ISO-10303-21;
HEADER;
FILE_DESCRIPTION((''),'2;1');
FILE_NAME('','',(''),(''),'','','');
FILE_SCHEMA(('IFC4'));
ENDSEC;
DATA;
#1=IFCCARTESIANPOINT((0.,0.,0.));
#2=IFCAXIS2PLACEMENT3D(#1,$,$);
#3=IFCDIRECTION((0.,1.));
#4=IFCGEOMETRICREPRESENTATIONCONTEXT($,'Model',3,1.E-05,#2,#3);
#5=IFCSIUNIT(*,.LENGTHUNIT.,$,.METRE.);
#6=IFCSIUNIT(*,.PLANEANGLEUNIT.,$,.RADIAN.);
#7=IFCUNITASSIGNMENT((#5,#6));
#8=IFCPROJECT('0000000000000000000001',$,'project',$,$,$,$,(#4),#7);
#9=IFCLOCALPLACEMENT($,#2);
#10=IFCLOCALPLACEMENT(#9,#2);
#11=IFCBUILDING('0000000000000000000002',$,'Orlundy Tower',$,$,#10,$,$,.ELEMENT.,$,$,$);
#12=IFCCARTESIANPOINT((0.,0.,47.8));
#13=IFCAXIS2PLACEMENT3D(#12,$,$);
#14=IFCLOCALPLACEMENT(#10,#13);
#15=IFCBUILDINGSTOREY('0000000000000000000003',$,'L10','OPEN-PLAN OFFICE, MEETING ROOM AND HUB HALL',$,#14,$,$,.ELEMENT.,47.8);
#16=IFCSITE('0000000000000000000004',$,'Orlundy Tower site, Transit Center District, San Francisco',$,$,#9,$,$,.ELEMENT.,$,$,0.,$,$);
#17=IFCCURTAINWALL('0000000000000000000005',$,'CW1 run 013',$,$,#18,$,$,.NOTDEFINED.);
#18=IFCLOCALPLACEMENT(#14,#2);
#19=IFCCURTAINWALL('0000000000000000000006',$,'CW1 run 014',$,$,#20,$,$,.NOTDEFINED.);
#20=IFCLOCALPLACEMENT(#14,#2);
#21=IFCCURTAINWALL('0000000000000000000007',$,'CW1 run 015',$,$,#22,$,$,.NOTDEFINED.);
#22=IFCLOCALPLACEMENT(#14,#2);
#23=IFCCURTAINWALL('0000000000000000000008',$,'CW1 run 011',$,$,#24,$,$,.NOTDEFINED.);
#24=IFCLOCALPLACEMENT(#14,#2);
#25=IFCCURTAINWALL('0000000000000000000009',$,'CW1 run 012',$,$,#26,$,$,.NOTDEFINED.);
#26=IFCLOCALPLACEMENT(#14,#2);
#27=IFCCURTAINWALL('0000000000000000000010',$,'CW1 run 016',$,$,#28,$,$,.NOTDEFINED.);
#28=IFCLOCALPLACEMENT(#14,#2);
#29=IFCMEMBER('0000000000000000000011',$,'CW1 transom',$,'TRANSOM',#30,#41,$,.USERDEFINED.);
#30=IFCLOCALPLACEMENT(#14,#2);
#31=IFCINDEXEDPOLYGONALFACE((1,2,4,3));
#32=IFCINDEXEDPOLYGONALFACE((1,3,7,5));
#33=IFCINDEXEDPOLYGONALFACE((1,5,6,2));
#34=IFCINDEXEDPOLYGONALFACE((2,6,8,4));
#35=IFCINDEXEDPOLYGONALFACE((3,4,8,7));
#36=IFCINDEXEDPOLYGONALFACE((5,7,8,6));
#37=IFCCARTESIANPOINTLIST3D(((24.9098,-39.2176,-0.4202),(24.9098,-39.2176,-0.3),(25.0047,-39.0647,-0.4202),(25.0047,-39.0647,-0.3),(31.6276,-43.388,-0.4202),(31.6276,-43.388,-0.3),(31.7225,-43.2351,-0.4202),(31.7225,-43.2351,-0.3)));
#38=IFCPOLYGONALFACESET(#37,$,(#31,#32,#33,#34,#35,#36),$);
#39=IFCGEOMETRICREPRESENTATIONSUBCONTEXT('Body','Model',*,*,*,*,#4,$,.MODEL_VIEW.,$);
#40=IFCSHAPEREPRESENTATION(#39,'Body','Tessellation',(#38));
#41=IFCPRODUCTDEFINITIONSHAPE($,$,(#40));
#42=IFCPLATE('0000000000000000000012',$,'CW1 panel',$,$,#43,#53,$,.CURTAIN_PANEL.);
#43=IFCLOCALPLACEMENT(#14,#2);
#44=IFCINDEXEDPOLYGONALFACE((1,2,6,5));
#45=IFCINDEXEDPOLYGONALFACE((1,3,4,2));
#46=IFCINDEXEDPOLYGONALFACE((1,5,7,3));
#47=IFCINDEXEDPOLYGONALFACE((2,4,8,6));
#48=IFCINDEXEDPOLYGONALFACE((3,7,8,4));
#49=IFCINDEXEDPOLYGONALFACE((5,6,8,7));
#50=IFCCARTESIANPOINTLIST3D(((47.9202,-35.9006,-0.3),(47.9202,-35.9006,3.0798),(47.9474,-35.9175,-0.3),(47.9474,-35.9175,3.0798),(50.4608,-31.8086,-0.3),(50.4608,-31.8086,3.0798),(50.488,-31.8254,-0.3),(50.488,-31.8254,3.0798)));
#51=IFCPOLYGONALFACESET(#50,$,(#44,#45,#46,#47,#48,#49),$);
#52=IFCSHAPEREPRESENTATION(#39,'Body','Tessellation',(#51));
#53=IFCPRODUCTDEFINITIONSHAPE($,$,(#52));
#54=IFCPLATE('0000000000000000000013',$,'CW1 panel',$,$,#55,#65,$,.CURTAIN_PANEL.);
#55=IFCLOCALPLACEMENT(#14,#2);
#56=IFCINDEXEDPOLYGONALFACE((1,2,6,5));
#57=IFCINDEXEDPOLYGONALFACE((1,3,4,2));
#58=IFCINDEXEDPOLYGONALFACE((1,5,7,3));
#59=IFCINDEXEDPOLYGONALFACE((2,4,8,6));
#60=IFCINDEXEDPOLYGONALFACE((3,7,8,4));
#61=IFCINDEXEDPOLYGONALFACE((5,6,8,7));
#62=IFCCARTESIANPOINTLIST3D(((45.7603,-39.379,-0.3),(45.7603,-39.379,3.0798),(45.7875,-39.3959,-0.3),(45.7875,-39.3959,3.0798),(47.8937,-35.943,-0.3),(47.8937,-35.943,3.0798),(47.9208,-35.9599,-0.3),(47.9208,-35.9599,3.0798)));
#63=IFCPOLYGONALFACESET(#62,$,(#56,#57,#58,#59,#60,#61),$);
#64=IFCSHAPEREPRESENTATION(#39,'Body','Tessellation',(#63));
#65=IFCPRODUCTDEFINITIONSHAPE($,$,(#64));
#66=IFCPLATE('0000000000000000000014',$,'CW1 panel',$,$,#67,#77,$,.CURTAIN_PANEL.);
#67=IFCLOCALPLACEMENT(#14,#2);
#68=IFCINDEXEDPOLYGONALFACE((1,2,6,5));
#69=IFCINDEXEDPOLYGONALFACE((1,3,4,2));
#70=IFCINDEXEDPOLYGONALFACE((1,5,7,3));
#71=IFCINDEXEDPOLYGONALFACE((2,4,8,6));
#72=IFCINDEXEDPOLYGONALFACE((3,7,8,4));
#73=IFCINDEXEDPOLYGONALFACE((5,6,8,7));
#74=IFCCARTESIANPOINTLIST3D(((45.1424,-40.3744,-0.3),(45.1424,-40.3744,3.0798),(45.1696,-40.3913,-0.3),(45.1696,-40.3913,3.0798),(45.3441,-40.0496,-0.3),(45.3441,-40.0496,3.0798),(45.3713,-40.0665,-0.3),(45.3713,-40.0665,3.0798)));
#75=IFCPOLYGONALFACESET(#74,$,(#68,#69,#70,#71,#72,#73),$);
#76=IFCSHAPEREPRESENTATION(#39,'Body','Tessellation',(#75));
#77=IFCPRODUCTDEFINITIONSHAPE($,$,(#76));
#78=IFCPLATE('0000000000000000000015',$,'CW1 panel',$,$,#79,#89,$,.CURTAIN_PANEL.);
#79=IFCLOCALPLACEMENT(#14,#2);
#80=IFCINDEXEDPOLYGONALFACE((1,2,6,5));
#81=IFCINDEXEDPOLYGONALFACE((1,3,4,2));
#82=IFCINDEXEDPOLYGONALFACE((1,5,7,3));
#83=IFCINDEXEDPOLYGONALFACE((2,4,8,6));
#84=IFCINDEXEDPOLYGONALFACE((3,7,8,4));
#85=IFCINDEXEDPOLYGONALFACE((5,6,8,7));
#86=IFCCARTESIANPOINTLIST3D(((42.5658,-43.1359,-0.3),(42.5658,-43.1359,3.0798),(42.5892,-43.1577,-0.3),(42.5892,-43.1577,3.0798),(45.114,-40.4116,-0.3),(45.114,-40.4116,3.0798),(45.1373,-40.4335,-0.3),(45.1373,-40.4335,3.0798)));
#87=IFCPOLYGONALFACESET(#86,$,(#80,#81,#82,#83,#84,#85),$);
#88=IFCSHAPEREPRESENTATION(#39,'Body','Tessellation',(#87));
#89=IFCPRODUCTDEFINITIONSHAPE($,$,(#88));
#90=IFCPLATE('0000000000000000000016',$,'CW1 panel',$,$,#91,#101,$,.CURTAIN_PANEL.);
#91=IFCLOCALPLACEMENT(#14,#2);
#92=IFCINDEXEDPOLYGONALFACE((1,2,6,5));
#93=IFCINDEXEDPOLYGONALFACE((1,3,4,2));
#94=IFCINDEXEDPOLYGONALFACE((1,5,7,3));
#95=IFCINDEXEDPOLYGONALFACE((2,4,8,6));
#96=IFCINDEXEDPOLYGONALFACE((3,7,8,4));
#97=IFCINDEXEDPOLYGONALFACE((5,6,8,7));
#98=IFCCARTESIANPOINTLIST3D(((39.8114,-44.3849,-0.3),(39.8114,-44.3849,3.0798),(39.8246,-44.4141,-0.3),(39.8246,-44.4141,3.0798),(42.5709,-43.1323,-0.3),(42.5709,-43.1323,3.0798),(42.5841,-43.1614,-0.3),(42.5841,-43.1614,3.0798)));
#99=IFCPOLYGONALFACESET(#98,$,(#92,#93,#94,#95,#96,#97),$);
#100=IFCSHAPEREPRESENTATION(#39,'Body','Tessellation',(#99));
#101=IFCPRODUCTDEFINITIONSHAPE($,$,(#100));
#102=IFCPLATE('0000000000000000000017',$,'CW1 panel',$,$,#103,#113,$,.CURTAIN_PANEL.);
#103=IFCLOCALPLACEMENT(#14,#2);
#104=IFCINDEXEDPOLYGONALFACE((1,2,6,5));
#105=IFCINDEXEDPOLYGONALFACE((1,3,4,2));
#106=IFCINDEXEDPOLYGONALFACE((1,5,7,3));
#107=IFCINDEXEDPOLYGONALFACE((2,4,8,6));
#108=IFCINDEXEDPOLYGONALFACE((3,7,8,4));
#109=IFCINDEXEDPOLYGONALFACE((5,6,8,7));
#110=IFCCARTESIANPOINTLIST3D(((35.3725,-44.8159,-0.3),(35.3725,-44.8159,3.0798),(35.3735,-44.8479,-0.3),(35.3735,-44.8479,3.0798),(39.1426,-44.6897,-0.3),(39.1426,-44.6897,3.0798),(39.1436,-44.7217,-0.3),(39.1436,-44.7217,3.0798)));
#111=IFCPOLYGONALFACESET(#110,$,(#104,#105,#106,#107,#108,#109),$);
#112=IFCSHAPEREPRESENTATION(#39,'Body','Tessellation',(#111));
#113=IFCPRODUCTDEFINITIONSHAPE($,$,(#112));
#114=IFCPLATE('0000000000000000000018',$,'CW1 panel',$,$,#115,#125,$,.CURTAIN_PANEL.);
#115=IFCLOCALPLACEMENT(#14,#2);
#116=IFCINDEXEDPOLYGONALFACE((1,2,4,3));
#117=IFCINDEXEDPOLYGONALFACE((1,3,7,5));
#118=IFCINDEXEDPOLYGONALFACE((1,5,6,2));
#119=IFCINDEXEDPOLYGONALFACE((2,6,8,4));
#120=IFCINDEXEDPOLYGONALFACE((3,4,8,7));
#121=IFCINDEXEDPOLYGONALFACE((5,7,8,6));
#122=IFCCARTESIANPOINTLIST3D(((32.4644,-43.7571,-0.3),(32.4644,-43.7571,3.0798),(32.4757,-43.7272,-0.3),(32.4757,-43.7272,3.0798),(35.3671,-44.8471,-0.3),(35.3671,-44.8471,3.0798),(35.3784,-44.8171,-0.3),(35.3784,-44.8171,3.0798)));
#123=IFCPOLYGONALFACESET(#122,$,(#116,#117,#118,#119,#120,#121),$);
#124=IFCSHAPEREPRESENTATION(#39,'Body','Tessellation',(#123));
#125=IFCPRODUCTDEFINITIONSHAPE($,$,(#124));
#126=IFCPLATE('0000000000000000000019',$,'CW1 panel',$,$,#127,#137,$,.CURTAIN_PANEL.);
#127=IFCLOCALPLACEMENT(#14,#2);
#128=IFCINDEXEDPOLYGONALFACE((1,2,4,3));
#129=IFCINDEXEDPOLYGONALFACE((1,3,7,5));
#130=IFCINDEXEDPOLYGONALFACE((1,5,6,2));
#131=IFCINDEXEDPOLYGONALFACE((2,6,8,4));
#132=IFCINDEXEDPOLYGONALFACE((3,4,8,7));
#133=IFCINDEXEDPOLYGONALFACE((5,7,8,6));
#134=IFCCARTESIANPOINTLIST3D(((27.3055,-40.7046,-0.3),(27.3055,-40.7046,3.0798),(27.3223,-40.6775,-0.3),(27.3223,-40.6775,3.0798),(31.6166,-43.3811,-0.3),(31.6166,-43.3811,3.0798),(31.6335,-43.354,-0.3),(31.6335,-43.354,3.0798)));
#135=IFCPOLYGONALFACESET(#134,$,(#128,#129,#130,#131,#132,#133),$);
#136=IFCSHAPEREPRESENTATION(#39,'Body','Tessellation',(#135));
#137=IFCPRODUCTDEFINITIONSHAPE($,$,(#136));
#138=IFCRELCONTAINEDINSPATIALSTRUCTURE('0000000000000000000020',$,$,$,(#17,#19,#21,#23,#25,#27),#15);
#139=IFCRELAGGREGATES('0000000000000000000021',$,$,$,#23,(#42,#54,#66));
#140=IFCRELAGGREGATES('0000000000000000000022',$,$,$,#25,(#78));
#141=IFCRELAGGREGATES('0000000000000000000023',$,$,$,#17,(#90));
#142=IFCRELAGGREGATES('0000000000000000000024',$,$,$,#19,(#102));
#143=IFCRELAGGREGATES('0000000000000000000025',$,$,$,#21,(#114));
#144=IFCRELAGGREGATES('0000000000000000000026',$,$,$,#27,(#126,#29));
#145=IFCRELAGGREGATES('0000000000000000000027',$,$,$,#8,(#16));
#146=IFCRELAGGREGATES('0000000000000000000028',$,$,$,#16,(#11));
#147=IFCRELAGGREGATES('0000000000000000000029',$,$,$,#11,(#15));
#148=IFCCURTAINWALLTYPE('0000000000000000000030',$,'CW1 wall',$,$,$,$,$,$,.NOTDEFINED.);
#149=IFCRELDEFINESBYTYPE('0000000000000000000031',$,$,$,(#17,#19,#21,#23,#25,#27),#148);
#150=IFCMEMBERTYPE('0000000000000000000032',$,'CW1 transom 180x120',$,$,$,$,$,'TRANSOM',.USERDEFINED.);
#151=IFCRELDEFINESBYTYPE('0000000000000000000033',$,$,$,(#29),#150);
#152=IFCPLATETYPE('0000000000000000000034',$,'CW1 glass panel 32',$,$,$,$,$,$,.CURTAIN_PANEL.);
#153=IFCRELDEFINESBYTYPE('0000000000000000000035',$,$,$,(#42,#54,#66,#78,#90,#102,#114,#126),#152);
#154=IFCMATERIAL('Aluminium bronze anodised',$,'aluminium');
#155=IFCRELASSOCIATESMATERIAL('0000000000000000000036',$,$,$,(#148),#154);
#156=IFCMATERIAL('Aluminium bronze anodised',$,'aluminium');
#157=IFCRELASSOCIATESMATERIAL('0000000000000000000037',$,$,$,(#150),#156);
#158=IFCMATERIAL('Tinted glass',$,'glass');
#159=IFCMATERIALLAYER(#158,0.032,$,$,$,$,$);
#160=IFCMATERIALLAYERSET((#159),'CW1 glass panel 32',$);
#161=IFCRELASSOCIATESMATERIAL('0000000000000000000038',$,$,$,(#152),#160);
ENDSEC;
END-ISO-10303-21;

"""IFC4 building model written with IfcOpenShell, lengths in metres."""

from ifc_helpers import new_model, si_unit, direction, frame, origin, origin_2d, place, context, subcontext, project, spatial, rectangle, extrude, material, layer, layer_set, material_profile, profile_set, type_object, element, aggregate, save


model = new_model("IFC4")

# Units and contexts
model_context = context("Model", 3, precision=1e-05, world=origin(), true_north=direction((0.0, 1.0)))
body_context = subcontext(model_context, "Body", "Model", "MODEL_VIEW")
ifc_project = project(units=[si_unit("LENGTHUNIT", "METRE"), si_unit("PLANEANGLEUNIT", "RADIAN")], contexts=[model_context])

# Site, building, storey
site_placement = place(None, origin())
site = spatial("IfcSite", under=ifc_project, at=site_placement, Name="Orlundy Tower site, Transit Center District, San Francisco", CompositionType="ELEMENT", RefElevation=0.0)
building_placement = place(site_placement, origin())
building = spatial("IfcBuilding", under=site, at=building_placement, Name="Orlundy Tower", CompositionType="ELEMENT")
storey_placement = place(building_placement, frame((0.0, 0.0, 47.8)))
storey = spatial("IfcBuildingStorey", under=building, at=storey_placement, Name="L10", Description="OPEN-PLAN OFFICE, MEETING ROOM AND HUB HALL", CompositionType="ELEMENT", Elevation=47.8)

# Curtain walls
ifc_material_1 = material(Name="Aluminium bronze anodised", Category="aluminium")
curtain_wall_type = type_object("IfcCurtainWallType", Name="CW1 wall", PredefinedType="NOTDEFINED", material=ifc_material_1)
curtain_wall_1_placement = place(storey_placement, origin())
curtain_wall_1 = element("IfcCurtainWall", 1, at=curtain_wall_1_placement, inside=storey, type_object=curtain_wall_type, Name="CW1 run 013", PredefinedType="NOTDEFINED")
curtain_wall_2_placement = place(storey_placement, origin())
curtain_wall_2 = element("IfcCurtainWall", 2, at=curtain_wall_2_placement, inside=storey, type_object=curtain_wall_type, Name="CW1 run 014", PredefinedType="NOTDEFINED")
curtain_wall_3_placement = place(storey_placement, origin())
curtain_wall_3 = element("IfcCurtainWall", 3, at=curtain_wall_3_placement, inside=storey, type_object=curtain_wall_type, Name="CW1 run 015", PredefinedType="NOTDEFINED")
curtain_wall_4_placement = place(storey_placement, origin())
curtain_wall_4 = element("IfcCurtainWall", 4, at=curtain_wall_4_placement, inside=storey, type_object=curtain_wall_type, Name="CW1 run 011", PredefinedType="NOTDEFINED")
curtain_wall_5_placement = place(storey_placement, origin())
curtain_wall_5 = element("IfcCurtainWall", 5, at=curtain_wall_5_placement, inside=storey, type_object=curtain_wall_type, Name="CW1 run 012", PredefinedType="NOTDEFINED")

# Shared definitions
ifc_material_2 = material(Name="Aluminium bronze anodised", Category="aluminium")
ifc_material_profile_1 = material_profile(ifc_material_2, rectangle(XDim=0.1799, YDim=0.1201, at=origin_2d()), Name="CW1 transom 180x120")
ifc_profile_set_1 = profile_set([ifc_material_profile_1], Name="Aluminium bronze anodised")
member_type_1 = type_object("IfcMemberType", Name="CW1 transom 180x120", ElementType="TRANSOM", PredefinedType="USERDEFINED", material=ifc_profile_set_1)

# Curtain wall, member
curtain_wall_6_placement = place(storey_placement, origin())
curtain_wall_6 = element("IfcCurtainWall", 6, at=curtain_wall_6_placement, inside=storey, type_object=curtain_wall_type, Name="CW1 run 016", PredefinedType="NOTDEFINED")
member_1_placement = place(storey_placement, frame((31.675, -43.3115, -0.3601), z_axis=(-0.849597, 0.527432, 0.0), x_axis=(-0.527432, -0.849597, 0.0)))
member_1 = element("IfcMember", 7, at=member_1_placement, type_object=member_type_1, Name="CW1 transom", ObjectType="TRANSOM", PredefinedType="USERDEFINED", context=body_context, shape_type="SweptSolid", body=[
    extrude(rectangle(XDim=0.1799, YDim=0.1201, at=origin_2d()), origin(), (0.0, 0.0, 1.0), 7.907),
])

# Plates
ifc_material_3 = material(Name="Tinted glass", Category="glass")
ifc_layer_1 = layer(ifc_material_3, 0.032)
ifc_layer_set_1 = layer_set([ifc_layer_1], Name="CW1 glass panel 32")
plate_type = type_object("IfcPlateType", Name="CW1 glass panel 32", PredefinedType="CURTAIN_PANEL", material=ifc_layer_set_1)
plate_1_placement = place(storey_placement, frame((49.2041, -33.863, -0.3), z_axis=(0.0, 0.0, 1.0), x_axis=(-0.527475, -0.84957, 0.0)))
plate_1 = element("IfcPlate", 8, at=plate_1_placement, type_object=plate_type, Name="CW1 panel", PredefinedType="CURTAIN_PANEL", context=body_context, shape_type="SweptSolid", body=[
    extrude(rectangle(XDim=4.8167, YDim=0.032, at=origin_2d()), origin(), (0.0, 0.0, 1.0), 3.3799),
])
plate_2_placement = place(storey_placement, frame((46.8406, -37.6694, -0.3), z_axis=(0.0, 0.0, 1.0), x_axis=(-0.527475, -0.84957, 0.0)))
plate_2 = element("IfcPlate", 9, at=plate_2_placement, type_object=plate_type, Name="CW1 panel", PredefinedType="CURTAIN_PANEL", context=body_context, shape_type="SweptSolid", body=[
    extrude(rectangle(XDim=4.0444, YDim=0.032, at=origin_2d()), origin(), (0.0, 0.0, 1.0), 3.3799),
])
plate_3_placement = place(storey_placement, frame((45.2568, -40.2205, -0.3), z_axis=(0.0, 0.0, 1.0), x_axis=(-0.527475, -0.84957, 0.0)))
plate_3 = element("IfcPlate", 10, at=plate_3_placement, type_object=plate_type, Name="CW1 panel", PredefinedType="CURTAIN_PANEL", context=body_context, shape_type="SweptSolid", body=[
    extrude(rectangle(XDim=0.3823, YDim=0.032, at=origin_2d()), origin(), (0.0, 0.0, 1.0), 3.3799),
])
aggregate(curtain_wall_4, [plate_1, plate_2, plate_3])
plate_4_placement = place(storey_placement, frame((43.8516, -41.7847, -0.3), z_axis=(0.0, 0.0, 1.0), x_axis=(-0.683106, -0.730319, 0.0)))
plate_4 = element("IfcPlate", 11, at=plate_4_placement, type_object=plate_type, Name="CW1 panel", PredefinedType="CURTAIN_PANEL", context=body_context, shape_type="SweptSolid", body=[
    extrude(rectangle(XDim=3.7302, YDim=0.032, at=origin_2d()), origin(), (0.0, 0.0, 1.0), 3.3799),
])
aggregate(curtain_wall_5, [plate_4])
plate_5_placement = place(storey_placement, frame((41.1978, -43.7732, -0.3), z_axis=(0.0, 0.0, 1.0), x_axis=(-0.910579, -0.413335, 0.0)))
plate_5 = element("IfcPlate", 12, at=plate_5_placement, type_object=plate_type, Name="CW1 panel", PredefinedType="CURTAIN_PANEL", context=body_context, shape_type="SweptSolid", body=[
    extrude(rectangle(XDim=3.0305, YDim=0.032, at=origin_2d()), origin(), (0.0, 0.0, 1.0), 3.3799),
])
aggregate(curtain_wall_1, [plate_5])
plate_6_placement = place(storey_placement, frame((37.2581, -44.7688, -0.3), z_axis=(0.0, 0.0, 1.0), x_axis=(-0.99944, -0.03345, 0.0)))
plate_6 = element("IfcPlate", 13, at=plate_6_placement, type_object=plate_type, Name="CW1 panel", PredefinedType="CURTAIN_PANEL", context=body_context, shape_type="SweptSolid", body=[
    extrude(rectangle(XDim=3.7722, YDim=0.032, at=origin_2d()), origin(), (0.0, 0.0, 1.0), 3.3799),
])
aggregate(curtain_wall_2, [plate_6])
plate_7_placement = place(storey_placement, frame((33.9214, -44.2871, -0.3), z_axis=(0.0, 0.0, 1.0), x_axis=(-0.936174, 0.351537, 0.0)))
plate_7 = element("IfcPlate", 14, at=plate_7_placement, type_object=plate_type, Name="CW1 panel", PredefinedType="CURTAIN_PANEL", context=body_context, shape_type="SweptSolid", body=[
    extrude(rectangle(XDim=3.1006, YDim=0.032, at=origin_2d()), origin(), (0.0, 0.0, 1.0), 3.3799),
])
aggregate(curtain_wall_3, [plate_7])
plate_8_placement = place(storey_placement, frame((29.4695, -42.0293, -0.3), z_axis=(0.0, 0.0, 1.0), x_axis=(-0.849587, 0.527449, 0.0)))
plate_8 = element("IfcPlate", 15, at=plate_8_placement, type_object=plate_type, Name="CW1 panel", PredefinedType="CURTAIN_PANEL", context=body_context, shape_type="SweptSolid", body=[
    extrude(rectangle(XDim=5.0745, YDim=0.032, at=origin_2d()), origin(), (0.0, 0.0, 1.0), 3.3799),
])
aggregate(curtain_wall_6, [plate_8, member_1])

save(model, "model.ifc")
